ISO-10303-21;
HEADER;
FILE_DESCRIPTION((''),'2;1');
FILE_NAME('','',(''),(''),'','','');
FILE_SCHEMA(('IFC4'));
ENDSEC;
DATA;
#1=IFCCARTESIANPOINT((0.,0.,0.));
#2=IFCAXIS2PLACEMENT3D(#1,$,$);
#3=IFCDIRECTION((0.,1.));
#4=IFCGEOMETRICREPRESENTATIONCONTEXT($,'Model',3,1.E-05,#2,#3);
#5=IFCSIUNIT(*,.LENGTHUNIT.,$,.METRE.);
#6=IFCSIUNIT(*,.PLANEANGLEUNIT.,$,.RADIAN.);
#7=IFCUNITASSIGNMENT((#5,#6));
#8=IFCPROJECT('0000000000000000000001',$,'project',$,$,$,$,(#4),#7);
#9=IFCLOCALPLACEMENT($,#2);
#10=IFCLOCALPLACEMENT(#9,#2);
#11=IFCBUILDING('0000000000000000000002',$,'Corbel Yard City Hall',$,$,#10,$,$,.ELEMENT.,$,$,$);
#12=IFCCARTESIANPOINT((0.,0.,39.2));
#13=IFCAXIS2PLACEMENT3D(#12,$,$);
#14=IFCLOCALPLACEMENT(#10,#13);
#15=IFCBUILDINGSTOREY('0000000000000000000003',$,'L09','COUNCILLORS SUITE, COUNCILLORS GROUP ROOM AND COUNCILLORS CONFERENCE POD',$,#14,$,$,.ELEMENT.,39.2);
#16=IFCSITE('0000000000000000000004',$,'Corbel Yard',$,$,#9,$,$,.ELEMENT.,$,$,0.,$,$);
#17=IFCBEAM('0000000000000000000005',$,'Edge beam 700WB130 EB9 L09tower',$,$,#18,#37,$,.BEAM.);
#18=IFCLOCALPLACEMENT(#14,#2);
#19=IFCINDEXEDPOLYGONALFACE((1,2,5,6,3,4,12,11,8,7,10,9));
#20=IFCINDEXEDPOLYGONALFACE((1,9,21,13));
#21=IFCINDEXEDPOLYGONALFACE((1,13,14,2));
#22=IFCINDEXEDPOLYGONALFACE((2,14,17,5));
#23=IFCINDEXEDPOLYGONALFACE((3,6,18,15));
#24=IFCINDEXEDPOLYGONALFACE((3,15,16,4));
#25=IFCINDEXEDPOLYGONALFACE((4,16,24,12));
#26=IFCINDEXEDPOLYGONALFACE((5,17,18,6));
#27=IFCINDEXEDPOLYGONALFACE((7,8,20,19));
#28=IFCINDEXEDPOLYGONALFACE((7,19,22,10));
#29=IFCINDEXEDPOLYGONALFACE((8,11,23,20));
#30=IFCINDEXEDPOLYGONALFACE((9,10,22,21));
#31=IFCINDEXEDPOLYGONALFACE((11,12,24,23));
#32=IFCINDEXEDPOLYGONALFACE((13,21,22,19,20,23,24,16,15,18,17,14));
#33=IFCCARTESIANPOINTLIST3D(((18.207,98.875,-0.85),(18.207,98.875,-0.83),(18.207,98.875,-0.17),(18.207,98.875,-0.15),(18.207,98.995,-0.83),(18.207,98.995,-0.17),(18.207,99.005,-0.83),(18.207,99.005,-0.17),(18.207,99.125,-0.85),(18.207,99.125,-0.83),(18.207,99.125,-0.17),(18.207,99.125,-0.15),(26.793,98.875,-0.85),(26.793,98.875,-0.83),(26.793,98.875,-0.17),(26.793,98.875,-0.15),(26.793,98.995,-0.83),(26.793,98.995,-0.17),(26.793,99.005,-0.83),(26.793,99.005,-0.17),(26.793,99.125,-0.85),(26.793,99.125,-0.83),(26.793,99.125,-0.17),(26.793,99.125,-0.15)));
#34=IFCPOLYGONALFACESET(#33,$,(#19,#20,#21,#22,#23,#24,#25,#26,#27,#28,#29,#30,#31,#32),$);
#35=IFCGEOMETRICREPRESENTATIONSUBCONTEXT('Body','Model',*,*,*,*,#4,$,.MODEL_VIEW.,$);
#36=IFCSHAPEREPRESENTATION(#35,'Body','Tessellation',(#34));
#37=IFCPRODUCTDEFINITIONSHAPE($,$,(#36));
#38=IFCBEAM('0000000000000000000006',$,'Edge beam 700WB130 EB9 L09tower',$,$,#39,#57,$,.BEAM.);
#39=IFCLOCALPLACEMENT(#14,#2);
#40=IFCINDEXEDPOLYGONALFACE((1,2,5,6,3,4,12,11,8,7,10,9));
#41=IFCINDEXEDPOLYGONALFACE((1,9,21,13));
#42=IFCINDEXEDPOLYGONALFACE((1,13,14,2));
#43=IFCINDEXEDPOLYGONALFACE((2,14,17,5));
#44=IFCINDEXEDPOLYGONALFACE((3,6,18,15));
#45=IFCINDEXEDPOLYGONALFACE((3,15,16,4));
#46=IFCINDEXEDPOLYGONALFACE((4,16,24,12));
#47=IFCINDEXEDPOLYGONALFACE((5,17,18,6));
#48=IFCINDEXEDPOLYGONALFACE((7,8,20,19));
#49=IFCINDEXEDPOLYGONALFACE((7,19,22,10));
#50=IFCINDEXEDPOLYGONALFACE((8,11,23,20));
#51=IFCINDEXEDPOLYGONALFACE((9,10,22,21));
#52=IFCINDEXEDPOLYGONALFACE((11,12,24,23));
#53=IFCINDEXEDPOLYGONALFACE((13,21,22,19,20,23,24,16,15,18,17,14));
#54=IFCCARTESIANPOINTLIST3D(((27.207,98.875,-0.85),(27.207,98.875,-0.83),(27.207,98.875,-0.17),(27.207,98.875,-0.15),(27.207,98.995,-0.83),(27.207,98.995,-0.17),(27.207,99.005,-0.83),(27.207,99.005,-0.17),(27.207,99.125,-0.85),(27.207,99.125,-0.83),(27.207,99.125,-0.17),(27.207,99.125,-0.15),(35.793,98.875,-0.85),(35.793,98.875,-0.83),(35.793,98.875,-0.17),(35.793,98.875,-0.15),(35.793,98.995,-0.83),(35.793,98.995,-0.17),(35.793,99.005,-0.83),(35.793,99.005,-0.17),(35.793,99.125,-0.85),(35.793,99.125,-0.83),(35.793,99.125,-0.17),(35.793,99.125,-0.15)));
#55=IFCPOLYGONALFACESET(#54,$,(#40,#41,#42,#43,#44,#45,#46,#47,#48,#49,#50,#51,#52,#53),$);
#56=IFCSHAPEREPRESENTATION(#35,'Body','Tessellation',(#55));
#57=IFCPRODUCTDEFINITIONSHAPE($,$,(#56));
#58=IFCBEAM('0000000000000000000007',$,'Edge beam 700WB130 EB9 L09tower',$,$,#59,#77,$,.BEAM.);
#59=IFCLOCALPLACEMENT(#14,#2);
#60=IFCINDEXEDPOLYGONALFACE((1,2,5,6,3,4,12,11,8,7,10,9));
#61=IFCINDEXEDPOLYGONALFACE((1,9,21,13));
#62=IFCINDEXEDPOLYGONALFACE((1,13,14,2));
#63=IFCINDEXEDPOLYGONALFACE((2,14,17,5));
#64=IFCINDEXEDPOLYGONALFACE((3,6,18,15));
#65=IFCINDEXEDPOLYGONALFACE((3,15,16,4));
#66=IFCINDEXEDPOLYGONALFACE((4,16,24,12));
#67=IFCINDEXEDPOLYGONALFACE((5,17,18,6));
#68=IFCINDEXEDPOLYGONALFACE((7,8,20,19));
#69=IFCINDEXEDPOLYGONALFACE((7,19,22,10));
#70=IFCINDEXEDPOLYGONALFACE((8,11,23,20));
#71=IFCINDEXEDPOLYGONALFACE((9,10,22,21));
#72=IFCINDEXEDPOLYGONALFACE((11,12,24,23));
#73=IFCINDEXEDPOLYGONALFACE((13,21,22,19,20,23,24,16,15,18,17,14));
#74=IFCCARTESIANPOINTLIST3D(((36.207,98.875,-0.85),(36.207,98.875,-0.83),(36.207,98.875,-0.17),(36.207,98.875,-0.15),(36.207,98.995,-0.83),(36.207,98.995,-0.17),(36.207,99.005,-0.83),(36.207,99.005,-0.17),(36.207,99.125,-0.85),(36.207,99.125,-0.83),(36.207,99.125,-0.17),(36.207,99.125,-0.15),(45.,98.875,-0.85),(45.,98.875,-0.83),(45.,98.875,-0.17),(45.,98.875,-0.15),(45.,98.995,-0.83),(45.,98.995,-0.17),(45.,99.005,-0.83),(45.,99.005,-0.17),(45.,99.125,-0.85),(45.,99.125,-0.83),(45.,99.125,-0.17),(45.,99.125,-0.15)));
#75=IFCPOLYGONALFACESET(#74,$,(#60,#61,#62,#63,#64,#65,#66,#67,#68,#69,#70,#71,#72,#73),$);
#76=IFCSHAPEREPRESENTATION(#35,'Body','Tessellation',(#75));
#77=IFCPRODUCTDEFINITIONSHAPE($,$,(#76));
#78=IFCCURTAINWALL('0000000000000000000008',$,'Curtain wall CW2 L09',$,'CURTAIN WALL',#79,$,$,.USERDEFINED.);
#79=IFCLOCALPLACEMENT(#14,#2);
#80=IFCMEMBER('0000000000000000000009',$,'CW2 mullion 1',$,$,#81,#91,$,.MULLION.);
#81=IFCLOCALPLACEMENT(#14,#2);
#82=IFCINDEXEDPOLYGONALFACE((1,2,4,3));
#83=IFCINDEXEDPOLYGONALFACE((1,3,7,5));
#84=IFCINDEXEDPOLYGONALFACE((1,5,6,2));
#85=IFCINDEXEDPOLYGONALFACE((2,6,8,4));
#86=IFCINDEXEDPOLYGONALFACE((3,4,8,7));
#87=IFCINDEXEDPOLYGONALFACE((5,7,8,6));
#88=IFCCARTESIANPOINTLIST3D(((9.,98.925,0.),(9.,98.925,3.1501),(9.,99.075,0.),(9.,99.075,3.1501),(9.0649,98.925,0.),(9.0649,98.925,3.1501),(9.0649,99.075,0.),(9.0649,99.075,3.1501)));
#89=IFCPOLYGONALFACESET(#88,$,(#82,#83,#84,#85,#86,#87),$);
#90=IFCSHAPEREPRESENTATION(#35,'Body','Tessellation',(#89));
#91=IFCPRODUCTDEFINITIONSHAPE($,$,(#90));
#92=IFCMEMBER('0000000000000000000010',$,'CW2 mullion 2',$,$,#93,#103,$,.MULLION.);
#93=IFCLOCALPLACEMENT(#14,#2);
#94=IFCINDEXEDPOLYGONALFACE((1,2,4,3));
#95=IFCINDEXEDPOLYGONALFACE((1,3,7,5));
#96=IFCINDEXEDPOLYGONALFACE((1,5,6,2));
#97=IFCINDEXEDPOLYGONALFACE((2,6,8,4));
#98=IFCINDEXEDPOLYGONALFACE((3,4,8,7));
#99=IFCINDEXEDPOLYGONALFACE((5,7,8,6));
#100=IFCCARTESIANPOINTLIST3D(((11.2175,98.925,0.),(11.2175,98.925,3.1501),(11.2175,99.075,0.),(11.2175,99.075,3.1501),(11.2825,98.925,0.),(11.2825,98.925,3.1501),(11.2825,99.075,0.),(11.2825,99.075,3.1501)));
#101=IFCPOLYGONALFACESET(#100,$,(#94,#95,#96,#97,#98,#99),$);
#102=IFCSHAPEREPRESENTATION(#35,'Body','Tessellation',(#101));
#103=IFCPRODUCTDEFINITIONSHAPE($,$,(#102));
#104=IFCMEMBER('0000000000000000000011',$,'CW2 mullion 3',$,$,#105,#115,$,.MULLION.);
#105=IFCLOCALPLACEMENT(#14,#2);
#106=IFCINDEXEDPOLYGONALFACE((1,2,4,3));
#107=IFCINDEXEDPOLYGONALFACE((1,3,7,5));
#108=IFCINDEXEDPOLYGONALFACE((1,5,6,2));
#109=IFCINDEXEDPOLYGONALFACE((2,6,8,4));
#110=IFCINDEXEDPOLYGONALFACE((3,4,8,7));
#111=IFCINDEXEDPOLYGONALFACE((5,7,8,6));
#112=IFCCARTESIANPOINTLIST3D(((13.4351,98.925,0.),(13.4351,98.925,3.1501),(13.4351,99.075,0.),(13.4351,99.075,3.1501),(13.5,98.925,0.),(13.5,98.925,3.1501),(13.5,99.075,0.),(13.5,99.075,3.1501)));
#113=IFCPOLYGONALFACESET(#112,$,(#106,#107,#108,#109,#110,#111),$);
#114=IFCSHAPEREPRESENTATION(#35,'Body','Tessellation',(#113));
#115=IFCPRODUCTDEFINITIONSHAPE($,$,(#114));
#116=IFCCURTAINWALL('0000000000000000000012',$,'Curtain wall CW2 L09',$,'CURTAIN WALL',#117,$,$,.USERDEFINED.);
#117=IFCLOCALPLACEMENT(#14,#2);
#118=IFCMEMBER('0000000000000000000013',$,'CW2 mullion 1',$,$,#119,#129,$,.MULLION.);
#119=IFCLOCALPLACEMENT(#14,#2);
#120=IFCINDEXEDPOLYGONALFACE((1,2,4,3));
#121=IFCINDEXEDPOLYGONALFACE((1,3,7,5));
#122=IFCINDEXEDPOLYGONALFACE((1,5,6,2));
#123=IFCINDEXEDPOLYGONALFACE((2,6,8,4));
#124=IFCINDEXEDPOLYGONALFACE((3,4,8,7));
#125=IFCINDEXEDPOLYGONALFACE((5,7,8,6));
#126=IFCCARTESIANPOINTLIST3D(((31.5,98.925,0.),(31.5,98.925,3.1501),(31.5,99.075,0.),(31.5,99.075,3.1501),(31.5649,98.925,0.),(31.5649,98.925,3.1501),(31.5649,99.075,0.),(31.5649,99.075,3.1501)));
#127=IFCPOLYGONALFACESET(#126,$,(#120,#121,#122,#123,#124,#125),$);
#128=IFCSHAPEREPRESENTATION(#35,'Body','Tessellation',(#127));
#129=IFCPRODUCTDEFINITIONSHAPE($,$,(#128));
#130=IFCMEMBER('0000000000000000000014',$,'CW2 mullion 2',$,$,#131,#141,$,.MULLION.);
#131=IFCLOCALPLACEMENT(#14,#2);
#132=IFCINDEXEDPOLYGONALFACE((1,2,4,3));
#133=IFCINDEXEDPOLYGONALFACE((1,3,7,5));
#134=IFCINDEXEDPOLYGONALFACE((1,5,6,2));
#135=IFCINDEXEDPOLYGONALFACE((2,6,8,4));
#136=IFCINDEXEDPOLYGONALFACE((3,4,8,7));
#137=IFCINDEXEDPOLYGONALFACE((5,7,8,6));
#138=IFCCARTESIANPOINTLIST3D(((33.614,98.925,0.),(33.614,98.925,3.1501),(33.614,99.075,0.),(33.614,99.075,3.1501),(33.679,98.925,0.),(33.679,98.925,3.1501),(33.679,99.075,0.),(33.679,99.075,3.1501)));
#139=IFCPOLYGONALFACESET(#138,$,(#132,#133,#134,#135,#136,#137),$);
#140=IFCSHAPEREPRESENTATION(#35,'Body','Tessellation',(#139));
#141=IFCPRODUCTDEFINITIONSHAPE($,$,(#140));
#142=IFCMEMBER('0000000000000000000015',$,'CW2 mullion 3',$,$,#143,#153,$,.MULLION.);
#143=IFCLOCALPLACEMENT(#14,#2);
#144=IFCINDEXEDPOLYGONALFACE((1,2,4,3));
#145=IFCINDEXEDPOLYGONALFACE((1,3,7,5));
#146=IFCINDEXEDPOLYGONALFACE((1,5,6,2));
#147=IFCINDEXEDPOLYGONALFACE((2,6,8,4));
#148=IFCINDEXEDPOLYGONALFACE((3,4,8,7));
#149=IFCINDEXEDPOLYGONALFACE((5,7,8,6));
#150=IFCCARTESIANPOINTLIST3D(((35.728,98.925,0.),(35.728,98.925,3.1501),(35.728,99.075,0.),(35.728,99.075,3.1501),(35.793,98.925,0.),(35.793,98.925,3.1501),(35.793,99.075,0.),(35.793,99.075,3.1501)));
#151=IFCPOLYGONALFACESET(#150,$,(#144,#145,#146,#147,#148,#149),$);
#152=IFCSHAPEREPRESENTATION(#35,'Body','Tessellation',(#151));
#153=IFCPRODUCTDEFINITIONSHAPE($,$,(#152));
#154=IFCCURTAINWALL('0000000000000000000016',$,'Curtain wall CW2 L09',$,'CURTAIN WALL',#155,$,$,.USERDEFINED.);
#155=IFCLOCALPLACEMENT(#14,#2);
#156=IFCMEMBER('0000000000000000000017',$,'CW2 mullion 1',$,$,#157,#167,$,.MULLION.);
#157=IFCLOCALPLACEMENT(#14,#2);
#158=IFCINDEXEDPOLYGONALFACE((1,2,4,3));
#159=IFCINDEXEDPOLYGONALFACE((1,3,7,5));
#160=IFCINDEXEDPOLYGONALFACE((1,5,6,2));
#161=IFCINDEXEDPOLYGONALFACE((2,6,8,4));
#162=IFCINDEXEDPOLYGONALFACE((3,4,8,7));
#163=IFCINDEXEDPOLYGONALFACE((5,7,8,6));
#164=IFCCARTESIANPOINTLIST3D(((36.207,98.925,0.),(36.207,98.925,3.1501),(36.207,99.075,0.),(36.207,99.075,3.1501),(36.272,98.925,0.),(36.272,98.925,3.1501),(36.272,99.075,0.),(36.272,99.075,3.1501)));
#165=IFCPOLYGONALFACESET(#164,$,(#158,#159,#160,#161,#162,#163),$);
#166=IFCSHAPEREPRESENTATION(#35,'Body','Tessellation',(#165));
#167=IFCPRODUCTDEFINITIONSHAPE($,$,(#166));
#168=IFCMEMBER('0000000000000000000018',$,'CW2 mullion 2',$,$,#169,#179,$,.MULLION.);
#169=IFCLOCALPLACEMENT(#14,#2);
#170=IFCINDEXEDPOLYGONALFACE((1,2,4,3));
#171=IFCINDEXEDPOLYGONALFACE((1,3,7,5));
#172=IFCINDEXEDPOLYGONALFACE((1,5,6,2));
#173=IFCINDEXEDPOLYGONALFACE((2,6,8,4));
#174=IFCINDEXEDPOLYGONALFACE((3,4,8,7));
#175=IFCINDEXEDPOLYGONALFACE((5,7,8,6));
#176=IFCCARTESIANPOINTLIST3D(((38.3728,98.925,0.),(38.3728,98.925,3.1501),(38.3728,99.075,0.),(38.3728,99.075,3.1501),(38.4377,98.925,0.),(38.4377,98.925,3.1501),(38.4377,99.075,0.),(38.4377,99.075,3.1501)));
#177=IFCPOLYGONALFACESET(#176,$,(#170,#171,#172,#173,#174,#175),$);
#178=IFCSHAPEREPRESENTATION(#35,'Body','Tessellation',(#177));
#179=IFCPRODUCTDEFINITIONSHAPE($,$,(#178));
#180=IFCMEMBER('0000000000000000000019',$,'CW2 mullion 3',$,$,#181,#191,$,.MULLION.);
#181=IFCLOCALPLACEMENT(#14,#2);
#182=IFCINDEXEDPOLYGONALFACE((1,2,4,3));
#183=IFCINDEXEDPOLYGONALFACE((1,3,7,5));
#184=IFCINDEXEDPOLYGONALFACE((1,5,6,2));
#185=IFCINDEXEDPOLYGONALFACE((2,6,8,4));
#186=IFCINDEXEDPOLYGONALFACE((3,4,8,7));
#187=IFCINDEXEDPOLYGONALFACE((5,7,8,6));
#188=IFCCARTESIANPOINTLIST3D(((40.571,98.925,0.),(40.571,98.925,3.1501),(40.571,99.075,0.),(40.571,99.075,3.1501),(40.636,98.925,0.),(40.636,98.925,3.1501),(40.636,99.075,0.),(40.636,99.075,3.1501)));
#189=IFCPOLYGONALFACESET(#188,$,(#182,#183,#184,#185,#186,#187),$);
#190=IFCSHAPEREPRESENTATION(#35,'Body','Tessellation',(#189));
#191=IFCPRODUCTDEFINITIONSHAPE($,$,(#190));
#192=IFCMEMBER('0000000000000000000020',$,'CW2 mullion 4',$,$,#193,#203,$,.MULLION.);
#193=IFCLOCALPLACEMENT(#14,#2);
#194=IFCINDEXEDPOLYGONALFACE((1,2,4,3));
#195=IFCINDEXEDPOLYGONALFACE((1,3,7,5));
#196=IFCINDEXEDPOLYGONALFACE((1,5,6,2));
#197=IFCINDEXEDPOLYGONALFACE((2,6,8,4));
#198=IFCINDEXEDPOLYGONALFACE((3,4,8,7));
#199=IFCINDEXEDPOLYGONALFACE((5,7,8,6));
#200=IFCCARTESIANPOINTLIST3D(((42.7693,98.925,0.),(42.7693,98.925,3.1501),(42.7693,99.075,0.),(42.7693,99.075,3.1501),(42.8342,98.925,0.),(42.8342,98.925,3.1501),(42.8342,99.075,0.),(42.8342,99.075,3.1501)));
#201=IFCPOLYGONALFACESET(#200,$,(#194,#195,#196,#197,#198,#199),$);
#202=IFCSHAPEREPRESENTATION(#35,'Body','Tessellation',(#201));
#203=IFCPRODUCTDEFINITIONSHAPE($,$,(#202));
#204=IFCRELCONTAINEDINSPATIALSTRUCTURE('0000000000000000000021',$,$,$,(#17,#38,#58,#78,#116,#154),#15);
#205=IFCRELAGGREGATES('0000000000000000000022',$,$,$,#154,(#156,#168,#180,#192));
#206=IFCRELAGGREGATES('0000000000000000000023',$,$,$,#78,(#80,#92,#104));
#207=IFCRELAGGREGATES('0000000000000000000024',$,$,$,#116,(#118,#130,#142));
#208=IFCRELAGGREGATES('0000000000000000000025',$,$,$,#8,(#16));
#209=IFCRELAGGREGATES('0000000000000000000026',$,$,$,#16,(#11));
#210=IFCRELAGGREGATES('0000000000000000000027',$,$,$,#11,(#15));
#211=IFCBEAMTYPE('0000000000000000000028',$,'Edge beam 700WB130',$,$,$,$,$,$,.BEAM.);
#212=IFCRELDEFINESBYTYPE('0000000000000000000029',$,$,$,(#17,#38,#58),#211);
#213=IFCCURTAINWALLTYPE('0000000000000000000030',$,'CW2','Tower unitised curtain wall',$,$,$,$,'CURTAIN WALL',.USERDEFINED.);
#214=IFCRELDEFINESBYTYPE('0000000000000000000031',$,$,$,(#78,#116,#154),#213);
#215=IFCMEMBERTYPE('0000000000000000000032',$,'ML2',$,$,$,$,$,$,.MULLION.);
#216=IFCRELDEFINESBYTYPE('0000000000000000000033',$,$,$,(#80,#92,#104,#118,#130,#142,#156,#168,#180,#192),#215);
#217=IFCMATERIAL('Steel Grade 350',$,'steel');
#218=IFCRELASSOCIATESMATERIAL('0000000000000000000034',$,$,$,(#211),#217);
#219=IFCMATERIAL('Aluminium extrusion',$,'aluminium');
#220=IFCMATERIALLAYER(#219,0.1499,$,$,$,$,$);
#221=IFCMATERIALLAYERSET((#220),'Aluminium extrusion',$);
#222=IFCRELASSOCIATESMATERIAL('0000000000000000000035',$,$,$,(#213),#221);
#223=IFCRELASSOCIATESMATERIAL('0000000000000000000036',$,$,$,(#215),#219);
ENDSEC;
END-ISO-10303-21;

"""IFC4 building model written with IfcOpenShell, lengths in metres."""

from ifc_helpers import new_model, si_unit, direction, frame, origin, origin_2d, place, context, subcontext, project, spatial, rectangle, i_section, extrude, material, layer, layer_set, material_profile, profile_set, type_object, element, aggregate, save


model = new_model("IFC4")

# Units and contexts
model_context = context("Model", 3, precision=1e-05, world=origin(), true_north=direction((0.0, 1.0)))
body_context = subcontext(model_context, "Body", "Model", "MODEL_VIEW")
ifc_project = project(units=[si_unit("LENGTHUNIT", "METRE"), si_unit("PLANEANGLEUNIT", "RADIAN")], contexts=[model_context])

# Site, building, storey
site_placement = place(None, origin())
site = spatial("IfcSite", under=ifc_project, at=site_placement, Name="Corbel Yard", CompositionType="ELEMENT", RefElevation=0.0)
building_placement = place(site_placement, origin())
building = spatial("IfcBuilding", under=site, at=building_placement, Name="Corbel Yard City Hall", CompositionType="ELEMENT")
storey_placement = place(building_placement, frame((0.0, 0.0, 39.2)))
storey = spatial("IfcBuildingStorey", under=building, at=storey_placement, Name="L09", Description="COUNCILLORS SUITE, COUNCILLORS GROUP ROOM AND COUNCILLORS CONFERENCE POD", CompositionType="ELEMENT", Elevation=39.2)

# Beams
ifc_material_1 = material(Name="Steel Grade 350", Category="steel")
ifc_material_profile_1 = material_profile(ifc_material_1, i_section(OverallWidth=0.25, OverallDepth=0.7, WebThickness=0.01, FlangeThickness=0.02, at=origin_2d()), Name="700WB130")
ifc_profile_set_1 = profile_set([ifc_material_profile_1], Name="Steel Grade 350")
beam_type = type_object("IfcBeamType", Name="Edge beam 700WB130", PredefinedType="BEAM", material=ifc_profile_set_1)
for number, where, z_axis, x_axis, name in (
    (1, (18.207, 99.0, -0.5), (1.0, 0.0, 0.0), (0.0, 1.0, 0.0), "Edge beam 700WB130 EB9 L09tower"),
    (2, (27.207, 99.0, -0.5), (1.0, 0.0, 0.0), (0.0, 1.0, 0.0), "Edge beam 700WB130 EB9 L09tower"),
):
    element("IfcBeam", number, at=place(storey_placement, frame(where, z_axis=z_axis, x_axis=x_axis)), inside=storey, type_object=beam_type, Name=name, PredefinedType="BEAM", context=body_context, shape_type="SweptSolid", body=[
        extrude(i_section(OverallWidth=0.25, OverallDepth=0.7, WebThickness=0.01, FlangeThickness=0.02, at=origin_2d()), origin(), (0.0, 0.0, 1.0), 8.5859),
    ])
beam_placement = place(storey_placement, frame((36.207, 99.0, -0.5), z_axis=(1.0, 0.0, 0.0), x_axis=(0.0, 1.0, 0.0)))
element("IfcBeam", 3, at=beam_placement, inside=storey, type_object=beam_type, Name="Edge beam 700WB130 EB9 L09tower", PredefinedType="BEAM", context=body_context, shape_type="SweptSolid", body=[
    extrude(i_section(OverallWidth=0.25, OverallDepth=0.7, WebThickness=0.01, FlangeThickness=0.02, at=origin_2d()), origin(), (0.0, 0.0, 1.0), 8.793),
])

# Curtain walls, members
ifc_material_2 = material(Name="Aluminium extrusion", Category="aluminium")
ifc_layer_1 = layer(ifc_material_2, 0.1499)
ifc_layer_set_1 = layer_set([ifc_layer_1], Name="Aluminium extrusion")
curtain_wall_type = type_object("IfcCurtainWallType", Name="CW2", Description="Tower unitised curtain wall", ElementType="CURTAIN WALL", PredefinedType="USERDEFINED", material=ifc_layer_set_1)
curtain_wall_1_placement = place(storey_placement, origin())
curtain_wall_1 = element("IfcCurtainWall", 4, at=curtain_wall_1_placement, inside=storey, type_object=curtain_wall_type, Name="Curtain wall CW2 L09", ObjectType="CURTAIN WALL", PredefinedType="USERDEFINED")
ifc_material_profile_2 = material_profile(ifc_material_2, rectangle(XDim=0.1499, YDim=0.0649, at=origin_2d()), Name="150x65")
ifc_profile_set_2 = profile_set([ifc_material_profile_2], Name="Aluminium extrusion")
member_type_1 = type_object("IfcMemberType", Name="ML2", PredefinedType="MULLION", material=ifc_profile_set_2)
member_1_placement = place(storey_placement, frame((9.0325, 99.0, 0.0), z_axis=(0.0, 0.0, 1.0), x_axis=(0.0, 1.0, 0.0)))
member_1 = element("IfcMember", 5, at=member_1_placement, type_object=member_type_1, Name="CW2 mullion 1", PredefinedType="MULLION", context=body_context, shape_type="SweptSolid", body=[
    extrude(rectangle(XDim=0.1499, YDim=0.0649, at=origin_2d()), origin(), (0.0, 0.0, 1.0), 3.1501),
])
member_2_placement = place(storey_placement, frame((11.25, 99.0, 0.0), z_axis=(0.0, 0.0, 1.0), x_axis=(0.0, 1.0, 0.0)))
member_2 = element("IfcMember", 6, at=member_2_placement, type_object=member_type_1, Name="CW2 mullion 2", PredefinedType="MULLION", context=body_context, shape_type="SweptSolid", body=[
    extrude(rectangle(XDim=0.1499, YDim=0.0649, at=origin_2d()), origin(), (0.0, 0.0, 1.0), 3.1501),
])
member_3_placement = place(storey_placement, frame((13.4675, 99.0, 0.0), z_axis=(0.0, 0.0, 1.0), x_axis=(0.0, 1.0, 0.0)))
member_3 = element("IfcMember", 7, at=member_3_placement, type_object=member_type_1, Name="CW2 mullion 3", PredefinedType="MULLION", context=body_context, shape_type="SweptSolid", body=[
    extrude(rectangle(XDim=0.1499, YDim=0.0649, at=origin_2d()), origin(), (0.0, 0.0, 1.0), 3.1501),
])
curtain_wall_2_placement = place(storey_placement, origin())
curtain_wall_2 = element("IfcCurtainWall", 8, at=curtain_wall_2_placement, inside=storey, type_object=curtain_wall_type, Name="Curtain wall CW2 L09", ObjectType="CURTAIN WALL", PredefinedType="USERDEFINED")
member_4_placement = place(storey_placement, frame((31.5325, 99.0, 0.0), z_axis=(0.0, 0.0, 1.0), x_axis=(0.0, 1.0, 0.0)))
member_4 = element("IfcMember", 9, at=member_4_placement, type_object=member_type_1, Name="CW2 mullion 1", PredefinedType="MULLION", context=body_context, shape_type="SweptSolid", body=[
    extrude(rectangle(XDim=0.1499, YDim=0.0649, at=origin_2d()), origin(), (0.0, 0.0, 1.0), 3.1501),
])
member_5_placement = place(storey_placement, frame((33.6465, 99.0, 0.0), z_axis=(0.0, 0.0, 1.0), x_axis=(0.0, 1.0, 0.0)))
member_5 = element("IfcMember", 10, at=member_5_placement, type_object=member_type_1, Name="CW2 mullion 2", PredefinedType="MULLION", context=body_context, shape_type="SweptSolid", body=[
    extrude(rectangle(XDim=0.1499, YDim=0.0649, at=origin_2d()), origin(), (0.0, 0.0, 1.0), 3.1501),
])
member_6_placement = place(storey_placement, frame((35.7605, 99.0, 0.0), z_axis=(0.0, 0.0, 1.0), x_axis=(0.0, 1.0, 0.0)))
member_6 = element("IfcMember", 11, at=member_6_placement, type_object=member_type_1, Name="CW2 mullion 3", PredefinedType="MULLION", context=body_context, shape_type="SweptSolid", body=[
    extrude(rectangle(XDim=0.1499, YDim=0.0649, at=origin_2d()), origin(), (0.0, 0.0, 1.0), 3.1501),
])
curtain_wall_3_placement = place(storey_placement, origin())
curtain_wall_3 = element("IfcCurtainWall", 12, at=curtain_wall_3_placement, inside=storey, type_object=curtain_wall_type, Name="Curtain wall CW2 L09", ObjectType="CURTAIN WALL", PredefinedType="USERDEFINED")
member_7_placement = place(storey_placement, frame((36.2395, 99.0, 0.0), z_axis=(0.0, 0.0, 1.0), x_axis=(0.0, 1.0, 0.0)))
member_7 = element("IfcMember", 13, at=member_7_placement, type_object=member_type_1, Name="CW2 mullion 1", PredefinedType="MULLION", context=body_context, shape_type="SweptSolid", body=[
    extrude(rectangle(XDim=0.1499, YDim=0.0649, at=origin_2d()), origin(), (0.0, 0.0, 1.0), 3.1501),
])
member_8_placement = place(storey_placement, frame((38.4053, 99.0, 0.0), z_axis=(0.0, 0.0, 1.0), x_axis=(0.0, 1.0, 0.0)))
member_8 = element("IfcMember", 14, at=member_8_placement, type_object=member_type_1, Name="CW2 mullion 2", PredefinedType="MULLION", context=body_context, shape_type="SweptSolid", body=[
    extrude(rectangle(XDim=0.1499, YDim=0.0649, at=origin_2d()), origin(), (0.0, 0.0, 1.0), 3.1501),
])
member_9_placement = place(storey_placement, frame((40.6035, 99.0, 0.0), z_axis=(0.0, 0.0, 1.0), x_axis=(0.0, 1.0, 0.0)))
member_9 = element("IfcMember", 15, at=member_9_placement, type_object=member_type_1, Name="CW2 mullion 3", PredefinedType="MULLION", context=body_context, shape_type="SweptSolid", body=[
    extrude(rectangle(XDim=0.1499, YDim=0.0649, at=origin_2d()), origin(), (0.0, 0.0, 1.0), 3.1501),
])
member_10_placement = place(storey_placement, frame((42.8018, 99.0, 0.0), z_axis=(0.0, 0.0, 1.0), x_axis=(0.0, 1.0, 0.0)))
member_10 = element("IfcMember", 16, at=member_10_placement, type_object=member_type_1, Name="CW2 mullion 4", PredefinedType="MULLION", context=body_context, shape_type="SweptSolid", body=[
    extrude(rectangle(XDim=0.1499, YDim=0.0649, at=origin_2d()), origin(), (0.0, 0.0, 1.0), 3.1501),
])

aggregate(curtain_wall_3, [member_7, member_8, member_9, member_10])

aggregate(curtain_wall_1, [member_1, member_2, member_3])
aggregate(curtain_wall_2, [member_4, member_5, member_6])

save(model, "model.ifc")
